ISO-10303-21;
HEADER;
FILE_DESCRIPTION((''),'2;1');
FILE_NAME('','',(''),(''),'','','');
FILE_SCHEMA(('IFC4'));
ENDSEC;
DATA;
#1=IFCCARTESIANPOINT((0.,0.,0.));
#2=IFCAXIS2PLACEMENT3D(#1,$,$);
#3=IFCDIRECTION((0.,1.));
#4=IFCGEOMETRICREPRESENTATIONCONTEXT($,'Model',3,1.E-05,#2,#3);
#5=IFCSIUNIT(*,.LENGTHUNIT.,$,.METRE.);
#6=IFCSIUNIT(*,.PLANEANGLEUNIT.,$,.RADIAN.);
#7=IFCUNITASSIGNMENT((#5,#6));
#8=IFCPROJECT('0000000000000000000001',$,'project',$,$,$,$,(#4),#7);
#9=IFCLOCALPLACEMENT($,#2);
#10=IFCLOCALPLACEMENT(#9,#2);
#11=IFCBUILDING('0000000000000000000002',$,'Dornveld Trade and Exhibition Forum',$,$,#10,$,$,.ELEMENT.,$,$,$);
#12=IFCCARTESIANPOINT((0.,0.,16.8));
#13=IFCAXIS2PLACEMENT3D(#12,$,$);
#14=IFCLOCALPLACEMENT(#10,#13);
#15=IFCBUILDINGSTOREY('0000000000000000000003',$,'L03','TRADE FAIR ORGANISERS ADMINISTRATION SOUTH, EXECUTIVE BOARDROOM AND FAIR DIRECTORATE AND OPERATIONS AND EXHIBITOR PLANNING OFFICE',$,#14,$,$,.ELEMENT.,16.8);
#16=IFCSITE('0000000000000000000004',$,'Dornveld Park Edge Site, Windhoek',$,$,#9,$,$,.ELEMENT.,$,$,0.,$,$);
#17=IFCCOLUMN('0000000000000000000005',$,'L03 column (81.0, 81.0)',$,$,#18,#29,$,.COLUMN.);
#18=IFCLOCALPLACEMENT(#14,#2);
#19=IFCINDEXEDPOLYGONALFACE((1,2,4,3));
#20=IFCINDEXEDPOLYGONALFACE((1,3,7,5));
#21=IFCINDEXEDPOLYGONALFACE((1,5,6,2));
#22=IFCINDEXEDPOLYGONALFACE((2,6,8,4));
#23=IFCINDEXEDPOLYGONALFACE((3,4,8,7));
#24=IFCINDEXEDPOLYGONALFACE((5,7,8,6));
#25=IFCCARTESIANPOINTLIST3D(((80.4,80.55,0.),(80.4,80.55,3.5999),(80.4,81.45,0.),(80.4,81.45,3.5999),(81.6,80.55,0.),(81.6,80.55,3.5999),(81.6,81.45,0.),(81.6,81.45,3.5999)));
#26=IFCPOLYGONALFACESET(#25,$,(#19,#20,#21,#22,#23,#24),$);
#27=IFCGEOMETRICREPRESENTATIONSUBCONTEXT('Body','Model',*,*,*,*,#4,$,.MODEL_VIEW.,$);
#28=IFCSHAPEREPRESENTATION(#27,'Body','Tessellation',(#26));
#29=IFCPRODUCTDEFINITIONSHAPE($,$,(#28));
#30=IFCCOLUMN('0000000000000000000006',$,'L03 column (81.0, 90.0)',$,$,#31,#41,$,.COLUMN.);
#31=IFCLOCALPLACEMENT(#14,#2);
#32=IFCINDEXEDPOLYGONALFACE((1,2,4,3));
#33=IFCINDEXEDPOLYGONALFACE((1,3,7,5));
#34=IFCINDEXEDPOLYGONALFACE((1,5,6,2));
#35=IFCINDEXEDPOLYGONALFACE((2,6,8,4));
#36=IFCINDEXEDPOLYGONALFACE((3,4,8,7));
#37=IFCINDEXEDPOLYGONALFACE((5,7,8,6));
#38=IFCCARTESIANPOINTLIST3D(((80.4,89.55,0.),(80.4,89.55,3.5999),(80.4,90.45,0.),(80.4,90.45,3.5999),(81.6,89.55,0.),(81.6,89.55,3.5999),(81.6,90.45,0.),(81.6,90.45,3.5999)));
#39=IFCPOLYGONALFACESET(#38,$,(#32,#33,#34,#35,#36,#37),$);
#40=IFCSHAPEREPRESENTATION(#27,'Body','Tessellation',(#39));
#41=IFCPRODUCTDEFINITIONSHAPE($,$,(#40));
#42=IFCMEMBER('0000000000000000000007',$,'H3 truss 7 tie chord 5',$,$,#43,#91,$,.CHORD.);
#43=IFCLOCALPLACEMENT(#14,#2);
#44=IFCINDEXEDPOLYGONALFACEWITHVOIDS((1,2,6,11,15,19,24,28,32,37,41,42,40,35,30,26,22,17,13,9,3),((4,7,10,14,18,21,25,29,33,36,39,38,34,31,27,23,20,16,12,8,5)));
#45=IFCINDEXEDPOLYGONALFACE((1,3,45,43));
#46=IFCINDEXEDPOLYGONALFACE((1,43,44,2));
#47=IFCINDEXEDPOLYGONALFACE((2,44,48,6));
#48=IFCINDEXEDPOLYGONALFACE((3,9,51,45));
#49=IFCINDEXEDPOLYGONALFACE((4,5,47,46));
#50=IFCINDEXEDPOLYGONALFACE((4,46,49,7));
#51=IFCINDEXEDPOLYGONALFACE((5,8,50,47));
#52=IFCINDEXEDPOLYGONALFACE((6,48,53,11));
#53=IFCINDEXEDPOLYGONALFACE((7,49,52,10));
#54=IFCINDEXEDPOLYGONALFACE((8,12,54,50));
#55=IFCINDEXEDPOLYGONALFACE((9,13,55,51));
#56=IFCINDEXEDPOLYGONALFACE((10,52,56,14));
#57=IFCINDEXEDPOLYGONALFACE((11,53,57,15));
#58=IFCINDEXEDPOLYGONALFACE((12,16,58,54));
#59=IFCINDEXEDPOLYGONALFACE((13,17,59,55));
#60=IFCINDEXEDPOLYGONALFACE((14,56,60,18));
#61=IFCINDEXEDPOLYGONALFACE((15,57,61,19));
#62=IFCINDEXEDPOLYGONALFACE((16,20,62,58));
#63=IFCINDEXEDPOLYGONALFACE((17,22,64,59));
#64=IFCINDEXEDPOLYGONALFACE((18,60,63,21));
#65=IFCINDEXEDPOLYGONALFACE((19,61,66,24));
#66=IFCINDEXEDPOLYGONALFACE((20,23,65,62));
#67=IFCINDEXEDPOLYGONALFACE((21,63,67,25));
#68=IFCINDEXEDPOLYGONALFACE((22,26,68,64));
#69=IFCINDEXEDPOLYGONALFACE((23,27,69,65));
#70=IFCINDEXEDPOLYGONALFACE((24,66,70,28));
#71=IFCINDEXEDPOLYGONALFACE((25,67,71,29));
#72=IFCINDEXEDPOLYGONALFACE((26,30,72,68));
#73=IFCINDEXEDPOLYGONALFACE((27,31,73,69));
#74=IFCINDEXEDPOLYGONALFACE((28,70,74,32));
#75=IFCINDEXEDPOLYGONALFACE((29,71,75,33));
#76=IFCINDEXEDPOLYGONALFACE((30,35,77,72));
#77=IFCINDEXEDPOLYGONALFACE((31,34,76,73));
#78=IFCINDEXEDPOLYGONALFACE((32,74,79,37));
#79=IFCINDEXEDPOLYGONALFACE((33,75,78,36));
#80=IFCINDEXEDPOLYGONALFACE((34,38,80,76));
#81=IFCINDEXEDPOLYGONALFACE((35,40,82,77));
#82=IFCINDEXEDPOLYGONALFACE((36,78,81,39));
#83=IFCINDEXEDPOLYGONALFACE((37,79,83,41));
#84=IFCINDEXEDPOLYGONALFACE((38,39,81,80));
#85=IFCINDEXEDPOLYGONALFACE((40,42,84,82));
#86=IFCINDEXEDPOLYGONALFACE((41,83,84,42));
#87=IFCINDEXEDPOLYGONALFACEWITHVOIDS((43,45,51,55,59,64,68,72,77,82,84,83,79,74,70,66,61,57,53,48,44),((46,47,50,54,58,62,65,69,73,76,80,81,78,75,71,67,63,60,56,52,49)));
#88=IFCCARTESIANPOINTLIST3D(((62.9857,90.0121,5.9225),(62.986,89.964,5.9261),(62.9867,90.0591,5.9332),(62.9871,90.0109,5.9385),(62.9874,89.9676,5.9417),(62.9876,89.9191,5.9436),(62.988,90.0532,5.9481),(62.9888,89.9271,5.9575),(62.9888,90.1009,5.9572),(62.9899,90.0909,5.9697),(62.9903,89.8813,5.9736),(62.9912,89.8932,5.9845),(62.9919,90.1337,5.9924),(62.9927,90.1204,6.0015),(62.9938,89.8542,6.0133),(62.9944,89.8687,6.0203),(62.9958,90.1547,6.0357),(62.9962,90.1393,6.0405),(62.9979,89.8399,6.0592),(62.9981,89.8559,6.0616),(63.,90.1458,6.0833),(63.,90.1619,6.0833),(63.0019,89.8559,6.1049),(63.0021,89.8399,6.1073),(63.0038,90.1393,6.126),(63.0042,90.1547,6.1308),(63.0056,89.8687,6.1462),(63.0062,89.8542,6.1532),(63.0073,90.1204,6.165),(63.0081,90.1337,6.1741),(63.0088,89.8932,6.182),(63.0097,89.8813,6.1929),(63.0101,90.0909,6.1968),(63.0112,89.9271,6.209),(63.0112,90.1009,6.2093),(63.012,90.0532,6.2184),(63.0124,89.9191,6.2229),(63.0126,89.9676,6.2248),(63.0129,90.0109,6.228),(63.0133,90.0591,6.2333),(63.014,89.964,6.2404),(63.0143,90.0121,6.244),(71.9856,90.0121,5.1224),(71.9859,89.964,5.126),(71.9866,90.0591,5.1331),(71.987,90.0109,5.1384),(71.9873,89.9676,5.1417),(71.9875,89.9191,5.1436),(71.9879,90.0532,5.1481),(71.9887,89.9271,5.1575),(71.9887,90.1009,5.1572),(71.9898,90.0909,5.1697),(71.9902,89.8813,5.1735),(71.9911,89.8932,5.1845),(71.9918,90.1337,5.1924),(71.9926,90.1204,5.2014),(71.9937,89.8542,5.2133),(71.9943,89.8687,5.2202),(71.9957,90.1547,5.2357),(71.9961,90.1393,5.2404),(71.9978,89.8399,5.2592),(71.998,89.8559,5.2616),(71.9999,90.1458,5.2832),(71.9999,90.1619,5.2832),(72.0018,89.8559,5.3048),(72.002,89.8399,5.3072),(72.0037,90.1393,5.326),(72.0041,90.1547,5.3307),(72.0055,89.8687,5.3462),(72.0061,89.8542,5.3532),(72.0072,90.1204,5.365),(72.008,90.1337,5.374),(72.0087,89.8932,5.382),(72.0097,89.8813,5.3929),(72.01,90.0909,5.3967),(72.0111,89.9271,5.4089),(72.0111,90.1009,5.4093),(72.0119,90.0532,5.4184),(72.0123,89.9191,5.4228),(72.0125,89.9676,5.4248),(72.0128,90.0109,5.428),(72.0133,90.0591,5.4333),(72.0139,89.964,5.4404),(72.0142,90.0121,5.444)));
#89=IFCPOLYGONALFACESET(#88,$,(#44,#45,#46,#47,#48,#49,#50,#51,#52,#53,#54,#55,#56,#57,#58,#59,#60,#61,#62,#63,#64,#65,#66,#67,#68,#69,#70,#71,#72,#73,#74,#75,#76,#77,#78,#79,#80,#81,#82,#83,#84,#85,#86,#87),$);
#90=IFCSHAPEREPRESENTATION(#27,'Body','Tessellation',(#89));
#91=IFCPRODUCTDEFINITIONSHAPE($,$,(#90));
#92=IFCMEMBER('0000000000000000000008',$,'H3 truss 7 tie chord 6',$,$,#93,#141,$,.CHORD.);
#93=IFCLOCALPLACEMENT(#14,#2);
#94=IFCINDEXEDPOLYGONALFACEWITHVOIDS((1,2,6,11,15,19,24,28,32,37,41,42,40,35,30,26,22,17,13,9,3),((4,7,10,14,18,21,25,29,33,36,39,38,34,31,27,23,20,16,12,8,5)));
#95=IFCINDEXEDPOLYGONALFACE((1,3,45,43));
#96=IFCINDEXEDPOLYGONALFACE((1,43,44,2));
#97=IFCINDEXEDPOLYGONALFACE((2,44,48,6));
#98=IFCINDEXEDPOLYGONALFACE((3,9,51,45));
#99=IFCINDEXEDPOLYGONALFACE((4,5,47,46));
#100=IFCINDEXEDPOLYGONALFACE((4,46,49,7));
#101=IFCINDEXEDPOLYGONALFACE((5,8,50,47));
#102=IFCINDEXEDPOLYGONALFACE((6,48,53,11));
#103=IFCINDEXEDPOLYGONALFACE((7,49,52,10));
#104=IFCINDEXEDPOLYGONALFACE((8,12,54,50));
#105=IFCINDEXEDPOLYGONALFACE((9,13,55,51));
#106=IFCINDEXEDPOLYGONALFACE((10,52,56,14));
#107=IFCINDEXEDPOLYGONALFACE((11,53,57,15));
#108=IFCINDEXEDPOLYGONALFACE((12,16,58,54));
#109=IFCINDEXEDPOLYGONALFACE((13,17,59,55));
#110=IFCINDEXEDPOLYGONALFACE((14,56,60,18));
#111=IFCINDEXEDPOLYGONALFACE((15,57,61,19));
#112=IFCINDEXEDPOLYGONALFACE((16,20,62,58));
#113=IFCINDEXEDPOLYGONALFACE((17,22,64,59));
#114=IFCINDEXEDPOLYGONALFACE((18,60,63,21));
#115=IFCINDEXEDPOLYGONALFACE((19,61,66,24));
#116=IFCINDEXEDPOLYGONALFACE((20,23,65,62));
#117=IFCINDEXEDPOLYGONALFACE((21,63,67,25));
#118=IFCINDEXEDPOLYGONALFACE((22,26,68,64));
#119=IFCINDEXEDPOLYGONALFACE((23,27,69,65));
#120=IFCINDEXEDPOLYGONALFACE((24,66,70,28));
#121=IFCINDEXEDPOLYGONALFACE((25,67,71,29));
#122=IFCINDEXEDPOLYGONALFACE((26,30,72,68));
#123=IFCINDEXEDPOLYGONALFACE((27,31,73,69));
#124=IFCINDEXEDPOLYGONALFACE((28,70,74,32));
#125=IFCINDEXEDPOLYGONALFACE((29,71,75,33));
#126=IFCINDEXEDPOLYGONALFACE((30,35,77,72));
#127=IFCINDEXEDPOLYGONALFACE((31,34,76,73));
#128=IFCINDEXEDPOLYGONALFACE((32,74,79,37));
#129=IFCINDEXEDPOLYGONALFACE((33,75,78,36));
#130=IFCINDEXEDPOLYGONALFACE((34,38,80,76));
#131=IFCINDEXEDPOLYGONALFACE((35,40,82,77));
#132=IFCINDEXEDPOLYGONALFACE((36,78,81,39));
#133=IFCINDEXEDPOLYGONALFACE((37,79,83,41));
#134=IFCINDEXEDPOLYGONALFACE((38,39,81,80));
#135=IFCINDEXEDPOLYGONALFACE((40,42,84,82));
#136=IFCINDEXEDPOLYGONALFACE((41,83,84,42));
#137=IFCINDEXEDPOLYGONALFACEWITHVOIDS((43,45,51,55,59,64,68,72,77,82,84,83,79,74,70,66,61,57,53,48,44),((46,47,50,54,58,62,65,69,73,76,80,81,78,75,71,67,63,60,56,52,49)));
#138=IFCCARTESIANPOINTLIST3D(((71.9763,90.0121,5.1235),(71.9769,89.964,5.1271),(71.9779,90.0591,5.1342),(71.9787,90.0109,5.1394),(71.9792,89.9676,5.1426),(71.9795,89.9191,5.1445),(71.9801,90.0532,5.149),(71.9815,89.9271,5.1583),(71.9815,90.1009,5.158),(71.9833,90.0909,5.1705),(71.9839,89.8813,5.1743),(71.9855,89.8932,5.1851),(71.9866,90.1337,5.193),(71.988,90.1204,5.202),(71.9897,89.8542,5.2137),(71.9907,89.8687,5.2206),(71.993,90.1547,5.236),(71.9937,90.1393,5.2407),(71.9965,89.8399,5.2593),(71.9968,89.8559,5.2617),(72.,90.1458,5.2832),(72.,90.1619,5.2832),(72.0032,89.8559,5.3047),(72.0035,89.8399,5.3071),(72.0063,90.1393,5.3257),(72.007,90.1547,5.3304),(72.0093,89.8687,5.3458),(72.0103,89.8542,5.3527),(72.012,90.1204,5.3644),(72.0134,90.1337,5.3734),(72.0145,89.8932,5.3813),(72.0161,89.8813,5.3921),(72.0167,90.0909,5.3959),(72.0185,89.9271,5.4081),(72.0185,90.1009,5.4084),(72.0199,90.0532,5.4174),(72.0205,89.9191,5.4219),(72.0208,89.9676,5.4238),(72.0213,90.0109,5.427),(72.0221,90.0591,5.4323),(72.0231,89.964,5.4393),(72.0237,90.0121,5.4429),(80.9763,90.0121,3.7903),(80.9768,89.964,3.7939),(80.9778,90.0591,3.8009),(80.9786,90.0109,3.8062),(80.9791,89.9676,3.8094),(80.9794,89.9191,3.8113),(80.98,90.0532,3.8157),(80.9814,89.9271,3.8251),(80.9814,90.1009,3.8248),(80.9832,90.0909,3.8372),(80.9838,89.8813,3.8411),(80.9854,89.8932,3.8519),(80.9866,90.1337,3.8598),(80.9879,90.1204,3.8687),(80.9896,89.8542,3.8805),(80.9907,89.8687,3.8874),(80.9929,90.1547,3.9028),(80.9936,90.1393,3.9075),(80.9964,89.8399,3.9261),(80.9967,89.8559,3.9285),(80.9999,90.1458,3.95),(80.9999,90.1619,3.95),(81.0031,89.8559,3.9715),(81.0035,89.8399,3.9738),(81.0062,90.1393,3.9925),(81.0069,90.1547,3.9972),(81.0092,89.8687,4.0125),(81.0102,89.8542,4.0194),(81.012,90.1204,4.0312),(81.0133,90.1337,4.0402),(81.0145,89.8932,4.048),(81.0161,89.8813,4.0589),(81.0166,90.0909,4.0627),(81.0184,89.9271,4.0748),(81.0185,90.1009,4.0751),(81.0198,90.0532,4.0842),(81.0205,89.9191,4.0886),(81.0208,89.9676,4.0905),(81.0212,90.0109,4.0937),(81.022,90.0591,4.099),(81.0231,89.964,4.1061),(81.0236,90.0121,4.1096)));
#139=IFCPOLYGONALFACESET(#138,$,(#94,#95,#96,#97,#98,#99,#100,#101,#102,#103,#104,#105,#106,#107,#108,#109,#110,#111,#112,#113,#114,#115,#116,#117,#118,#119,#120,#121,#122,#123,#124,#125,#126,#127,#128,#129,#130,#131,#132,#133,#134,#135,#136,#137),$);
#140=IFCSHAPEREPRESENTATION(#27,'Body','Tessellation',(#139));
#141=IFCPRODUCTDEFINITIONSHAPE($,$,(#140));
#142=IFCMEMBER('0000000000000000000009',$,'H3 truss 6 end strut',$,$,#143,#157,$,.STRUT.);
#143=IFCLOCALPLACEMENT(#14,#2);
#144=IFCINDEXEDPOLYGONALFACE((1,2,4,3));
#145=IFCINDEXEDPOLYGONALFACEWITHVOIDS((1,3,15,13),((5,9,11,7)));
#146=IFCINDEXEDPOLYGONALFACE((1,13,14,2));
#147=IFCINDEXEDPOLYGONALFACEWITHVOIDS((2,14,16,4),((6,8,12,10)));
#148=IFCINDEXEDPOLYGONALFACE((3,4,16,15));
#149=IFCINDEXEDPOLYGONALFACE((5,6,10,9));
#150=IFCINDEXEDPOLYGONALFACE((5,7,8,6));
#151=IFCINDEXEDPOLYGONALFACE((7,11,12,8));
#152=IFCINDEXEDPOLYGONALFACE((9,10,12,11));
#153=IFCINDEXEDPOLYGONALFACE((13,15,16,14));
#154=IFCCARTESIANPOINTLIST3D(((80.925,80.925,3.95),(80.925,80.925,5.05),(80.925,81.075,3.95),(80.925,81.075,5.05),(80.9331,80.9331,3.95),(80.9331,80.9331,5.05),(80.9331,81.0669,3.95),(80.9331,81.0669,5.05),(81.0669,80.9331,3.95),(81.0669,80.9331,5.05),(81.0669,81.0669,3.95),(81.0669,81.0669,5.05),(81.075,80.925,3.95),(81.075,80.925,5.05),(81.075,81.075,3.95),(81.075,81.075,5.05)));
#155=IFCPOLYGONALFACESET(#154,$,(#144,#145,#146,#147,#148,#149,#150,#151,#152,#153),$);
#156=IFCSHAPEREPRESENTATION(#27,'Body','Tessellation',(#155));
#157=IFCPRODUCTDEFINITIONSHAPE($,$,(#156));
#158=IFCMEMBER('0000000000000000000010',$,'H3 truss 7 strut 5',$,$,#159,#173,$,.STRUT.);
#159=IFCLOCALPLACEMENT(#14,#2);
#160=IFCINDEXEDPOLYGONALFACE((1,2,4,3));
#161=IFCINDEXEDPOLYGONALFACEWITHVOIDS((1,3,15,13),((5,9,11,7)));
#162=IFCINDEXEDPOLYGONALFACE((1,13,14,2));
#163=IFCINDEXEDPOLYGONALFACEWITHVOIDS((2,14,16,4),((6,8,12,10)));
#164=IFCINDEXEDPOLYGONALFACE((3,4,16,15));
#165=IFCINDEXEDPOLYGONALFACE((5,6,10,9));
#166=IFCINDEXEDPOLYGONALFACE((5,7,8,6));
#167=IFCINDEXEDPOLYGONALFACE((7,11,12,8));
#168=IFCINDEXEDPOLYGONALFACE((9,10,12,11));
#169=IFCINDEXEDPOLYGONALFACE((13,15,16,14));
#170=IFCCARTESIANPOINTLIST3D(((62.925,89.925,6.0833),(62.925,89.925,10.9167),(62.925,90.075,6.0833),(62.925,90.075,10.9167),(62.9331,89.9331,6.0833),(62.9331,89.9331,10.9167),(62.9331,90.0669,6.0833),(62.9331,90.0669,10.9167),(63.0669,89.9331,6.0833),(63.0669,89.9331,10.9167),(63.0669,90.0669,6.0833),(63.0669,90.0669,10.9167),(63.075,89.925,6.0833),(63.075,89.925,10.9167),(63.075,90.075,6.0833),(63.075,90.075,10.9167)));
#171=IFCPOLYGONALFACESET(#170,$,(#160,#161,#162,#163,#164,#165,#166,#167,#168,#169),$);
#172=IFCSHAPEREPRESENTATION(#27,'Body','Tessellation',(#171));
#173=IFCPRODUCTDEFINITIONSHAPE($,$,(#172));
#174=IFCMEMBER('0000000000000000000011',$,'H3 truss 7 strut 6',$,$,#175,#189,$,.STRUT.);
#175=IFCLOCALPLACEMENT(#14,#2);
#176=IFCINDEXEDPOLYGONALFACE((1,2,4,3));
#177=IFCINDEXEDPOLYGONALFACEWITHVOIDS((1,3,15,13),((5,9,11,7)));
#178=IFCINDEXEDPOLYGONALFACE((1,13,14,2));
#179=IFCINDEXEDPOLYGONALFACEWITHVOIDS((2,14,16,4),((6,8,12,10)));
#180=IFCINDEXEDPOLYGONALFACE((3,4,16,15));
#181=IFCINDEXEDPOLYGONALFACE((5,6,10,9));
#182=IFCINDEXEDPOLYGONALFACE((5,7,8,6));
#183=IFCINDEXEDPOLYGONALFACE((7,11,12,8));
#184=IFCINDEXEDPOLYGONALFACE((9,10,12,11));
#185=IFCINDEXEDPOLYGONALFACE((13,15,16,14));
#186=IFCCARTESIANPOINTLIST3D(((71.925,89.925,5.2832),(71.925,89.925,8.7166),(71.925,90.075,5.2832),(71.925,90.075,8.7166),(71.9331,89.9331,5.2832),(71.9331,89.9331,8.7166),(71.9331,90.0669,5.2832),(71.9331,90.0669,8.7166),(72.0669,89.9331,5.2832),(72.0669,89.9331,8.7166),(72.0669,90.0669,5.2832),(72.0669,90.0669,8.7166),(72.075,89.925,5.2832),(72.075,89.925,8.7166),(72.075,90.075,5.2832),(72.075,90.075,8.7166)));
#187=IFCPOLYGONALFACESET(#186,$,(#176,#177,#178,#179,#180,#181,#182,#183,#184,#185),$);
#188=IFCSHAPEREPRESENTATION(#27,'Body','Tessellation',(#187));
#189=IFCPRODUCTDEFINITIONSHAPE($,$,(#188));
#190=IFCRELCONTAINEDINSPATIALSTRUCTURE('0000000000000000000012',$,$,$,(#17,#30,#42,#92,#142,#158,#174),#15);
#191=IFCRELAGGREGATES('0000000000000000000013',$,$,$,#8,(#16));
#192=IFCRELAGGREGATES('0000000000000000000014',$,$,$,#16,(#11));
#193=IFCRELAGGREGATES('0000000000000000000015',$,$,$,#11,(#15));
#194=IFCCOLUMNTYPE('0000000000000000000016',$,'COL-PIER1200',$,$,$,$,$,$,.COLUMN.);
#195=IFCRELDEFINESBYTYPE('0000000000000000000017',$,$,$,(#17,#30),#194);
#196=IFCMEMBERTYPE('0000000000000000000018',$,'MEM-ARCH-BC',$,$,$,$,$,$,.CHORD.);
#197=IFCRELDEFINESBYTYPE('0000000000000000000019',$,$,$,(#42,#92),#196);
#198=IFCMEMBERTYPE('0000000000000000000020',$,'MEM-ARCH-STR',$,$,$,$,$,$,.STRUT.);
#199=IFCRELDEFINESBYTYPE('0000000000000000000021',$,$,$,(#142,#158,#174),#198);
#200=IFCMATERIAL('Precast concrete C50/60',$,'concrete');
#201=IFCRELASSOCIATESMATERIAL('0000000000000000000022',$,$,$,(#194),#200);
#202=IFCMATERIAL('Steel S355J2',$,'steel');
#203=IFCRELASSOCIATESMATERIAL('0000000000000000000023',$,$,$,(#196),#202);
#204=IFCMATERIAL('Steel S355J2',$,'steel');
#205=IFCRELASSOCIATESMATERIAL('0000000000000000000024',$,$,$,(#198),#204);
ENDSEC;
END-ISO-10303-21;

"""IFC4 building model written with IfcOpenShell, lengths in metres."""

from ifc_helpers import new_model, si_unit, direction, frame, origin, origin_2d, place, context, subcontext, project, spatial, rectangle, hollow_rectangle, hollow_circle, extrude, material, material_profile, profile_set, type_object, element, save


model = new_model("IFC4")

# Units and contexts
model_context = context("Model", 3, precision=1e-05, world=origin(), true_north=direction((0.0, 1.0)))
body_context = subcontext(model_context, "Body", "Model", "MODEL_VIEW")
ifc_project = project(units=[si_unit("LENGTHUNIT", "METRE"), si_unit("PLANEANGLEUNIT", "RADIAN")], contexts=[model_context])

# Site, building, storey
site_placement = place(None, origin())
site = spatial("IfcSite", under=ifc_project, at=site_placement, Name="Dornveld Park Edge Site, Windhoek", CompositionType="ELEMENT", RefElevation=0.0)
building_placement = place(site_placement, origin())
building = spatial("IfcBuilding", under=site, at=building_placement, Name="Dornveld Trade and Exhibition Forum", CompositionType="ELEMENT")
storey_placement = place(building_placement, frame((0.0, 0.0, 16.8)))
storey = spatial("IfcBuildingStorey", under=building, at=storey_placement, Name="L03", Description="TRADE FAIR ORGANISERS ADMINISTRATION SOUTH, EXECUTIVE BOARDROOM AND FAIR DIRECTORATE AND OPERATIONS AND EXHIBITOR PLANNING OFFICE", CompositionType="ELEMENT", Elevation=16.8)

# Columns
ifc_material_1 = material(Name="Precast concrete C50/60", Category="concrete")
ifc_material_profile_1 = material_profile(ifc_material_1, rectangle(XDim=1.2, YDim=0.8999, at=origin_2d()), Name="PC-PIER 1200x900")
ifc_profile_set_1 = profile_set([ifc_material_profile_1], Name="Precast concrete C50/60")
column_type = type_object("IfcColumnType", Name="COL-PIER1200", PredefinedType="COLUMN", material=ifc_profile_set_1)
for number, where, z_axis, x_axis, name in (
    (1, (81.0, 81.0, 0.0), (0.0, 0.0, 1.0), (1.0, 0.0, 0.0), "L03 column (81.0, 81.0)"),
    (2, (81.0, 90.0, 0.0), (0.0, 0.0, 1.0), (1.0, 0.0, 0.0), "L03 column (81.0, 90.0)"),
):
    element("IfcColumn", number, at=place(storey_placement, frame(where, z_axis=z_axis, x_axis=x_axis)), inside=storey, type_object=column_type, Name=name, PredefinedType="COLUMN", context=body_context, shape_type="SweptSolid", body=[
        extrude(rectangle(XDim=1.2, YDim=0.8999, at=origin_2d()), origin(), (0.0, 0.0, 1.0), 3.5999),
    ])

# Members
ifc_material_2 = material(Name="Steel S355J2", Category="steel")
ifc_material_profile_2 = material_profile(ifc_material_2, hollow_circle(Radius=0.1619, WallThickness=0.0161, at=origin_2d()), Name="CHS 323.9x16")
ifc_profile_set_2 = profile_set([ifc_material_profile_2], Name="Steel S355J2")
member_type_1 = type_object("IfcMemberType", Name="MEM-ARCH-BC", PredefinedType="CHORD", material=ifc_profile_set_2)
member_1_placement = place(storey_placement, frame((63.0, 90.0, 6.0833), z_axis=(0.996072, 0.0, -0.088545), x_axis=(0.0, 1.0, 0.0)))
element("IfcMember", 3, at=member_1_placement, inside=storey, type_object=member_type_1, Name="H3 truss 7 tie chord 5", PredefinedType="CHORD", context=body_context, shape_type="SweptSolid", body=[
    extrude(hollow_circle(Radius=0.1619, WallThickness=0.0161, at=origin_2d()), origin(), (0.0, 0.0, 1.0), 9.0354),
])
member_2_placement = place(storey_placement, frame((72.0, 90.0, 5.2832), z_axis=(0.989205, 0.0, -0.14654), x_axis=(0.0, 1.0, 0.0)))
element("IfcMember", 4, at=member_2_placement, inside=storey, type_object=member_type_1, Name="H3 truss 7 tie chord 6", PredefinedType="CHORD", context=body_context, shape_type="SweptSolid", body=[
    extrude(hollow_circle(Radius=0.1619, WallThickness=0.0161, at=origin_2d()), origin(), (0.0, 0.0, 1.0), 9.0981),
])
ifc_material_3 = material(Name="Steel S355J2", Category="steel")
ifc_material_profile_3 = material_profile(ifc_material_3, hollow_rectangle(XDim=0.1499, YDim=0.1499, WallThickness=0.0081, at=origin_2d()), Name="SHS 150x150x8")
ifc_profile_set_3 = profile_set([ifc_material_profile_3], Name="Steel S355J2")
member_type_2 = type_object("IfcMemberType", Name="MEM-ARCH-STR", PredefinedType="STRUT", material=ifc_profile_set_3)
member_3_placement = place(storey_placement, frame((81.0, 81.0, 3.95), z_axis=(0.0, 0.0, 1.0), x_axis=(1.0, 0.0, 0.0)))
element("IfcMember", 5, at=member_3_placement, inside=storey, type_object=member_type_2, Name="H3 truss 6 end strut", PredefinedType="STRUT", context=body_context, shape_type="SweptSolid", body=[
    extrude(hollow_rectangle(XDim=0.1499, YDim=0.1499, WallThickness=0.0081, at=origin_2d()), origin(), (0.0, 0.0, 1.0), 1.1001),
])
member_4_placement = place(storey_placement, frame((63.0, 90.0, 6.0833), z_axis=(0.0, 0.0, 1.0), x_axis=(1.0, 0.0, 0.0)))
element("IfcMember", 6, at=member_4_placement, inside=storey, type_object=member_type_2, Name="H3 truss 7 strut 5", PredefinedType="STRUT", context=body_context, shape_type="SweptSolid", body=[
    extrude(hollow_rectangle(XDim=0.1499, YDim=0.1499, WallThickness=0.0081, at=origin_2d()), origin(), (0.0, 0.0, 1.0), 4.8335),
])
member_5_placement = place(storey_placement, frame((72.0, 90.0, 5.2832), z_axis=(0.0, 0.0, 1.0), x_axis=(1.0, 0.0, 0.0)))
element("IfcMember", 7, at=member_5_placement, inside=storey, type_object=member_type_2, Name="H3 truss 7 strut 6", PredefinedType="STRUT", context=body_context, shape_type="SweptSolid", body=[
    extrude(hollow_rectangle(XDim=0.1499, YDim=0.1499, WallThickness=0.0081, at=origin_2d()), origin(), (0.0, 0.0, 1.0), 3.4333),
])

save(model, "model.ifc")
